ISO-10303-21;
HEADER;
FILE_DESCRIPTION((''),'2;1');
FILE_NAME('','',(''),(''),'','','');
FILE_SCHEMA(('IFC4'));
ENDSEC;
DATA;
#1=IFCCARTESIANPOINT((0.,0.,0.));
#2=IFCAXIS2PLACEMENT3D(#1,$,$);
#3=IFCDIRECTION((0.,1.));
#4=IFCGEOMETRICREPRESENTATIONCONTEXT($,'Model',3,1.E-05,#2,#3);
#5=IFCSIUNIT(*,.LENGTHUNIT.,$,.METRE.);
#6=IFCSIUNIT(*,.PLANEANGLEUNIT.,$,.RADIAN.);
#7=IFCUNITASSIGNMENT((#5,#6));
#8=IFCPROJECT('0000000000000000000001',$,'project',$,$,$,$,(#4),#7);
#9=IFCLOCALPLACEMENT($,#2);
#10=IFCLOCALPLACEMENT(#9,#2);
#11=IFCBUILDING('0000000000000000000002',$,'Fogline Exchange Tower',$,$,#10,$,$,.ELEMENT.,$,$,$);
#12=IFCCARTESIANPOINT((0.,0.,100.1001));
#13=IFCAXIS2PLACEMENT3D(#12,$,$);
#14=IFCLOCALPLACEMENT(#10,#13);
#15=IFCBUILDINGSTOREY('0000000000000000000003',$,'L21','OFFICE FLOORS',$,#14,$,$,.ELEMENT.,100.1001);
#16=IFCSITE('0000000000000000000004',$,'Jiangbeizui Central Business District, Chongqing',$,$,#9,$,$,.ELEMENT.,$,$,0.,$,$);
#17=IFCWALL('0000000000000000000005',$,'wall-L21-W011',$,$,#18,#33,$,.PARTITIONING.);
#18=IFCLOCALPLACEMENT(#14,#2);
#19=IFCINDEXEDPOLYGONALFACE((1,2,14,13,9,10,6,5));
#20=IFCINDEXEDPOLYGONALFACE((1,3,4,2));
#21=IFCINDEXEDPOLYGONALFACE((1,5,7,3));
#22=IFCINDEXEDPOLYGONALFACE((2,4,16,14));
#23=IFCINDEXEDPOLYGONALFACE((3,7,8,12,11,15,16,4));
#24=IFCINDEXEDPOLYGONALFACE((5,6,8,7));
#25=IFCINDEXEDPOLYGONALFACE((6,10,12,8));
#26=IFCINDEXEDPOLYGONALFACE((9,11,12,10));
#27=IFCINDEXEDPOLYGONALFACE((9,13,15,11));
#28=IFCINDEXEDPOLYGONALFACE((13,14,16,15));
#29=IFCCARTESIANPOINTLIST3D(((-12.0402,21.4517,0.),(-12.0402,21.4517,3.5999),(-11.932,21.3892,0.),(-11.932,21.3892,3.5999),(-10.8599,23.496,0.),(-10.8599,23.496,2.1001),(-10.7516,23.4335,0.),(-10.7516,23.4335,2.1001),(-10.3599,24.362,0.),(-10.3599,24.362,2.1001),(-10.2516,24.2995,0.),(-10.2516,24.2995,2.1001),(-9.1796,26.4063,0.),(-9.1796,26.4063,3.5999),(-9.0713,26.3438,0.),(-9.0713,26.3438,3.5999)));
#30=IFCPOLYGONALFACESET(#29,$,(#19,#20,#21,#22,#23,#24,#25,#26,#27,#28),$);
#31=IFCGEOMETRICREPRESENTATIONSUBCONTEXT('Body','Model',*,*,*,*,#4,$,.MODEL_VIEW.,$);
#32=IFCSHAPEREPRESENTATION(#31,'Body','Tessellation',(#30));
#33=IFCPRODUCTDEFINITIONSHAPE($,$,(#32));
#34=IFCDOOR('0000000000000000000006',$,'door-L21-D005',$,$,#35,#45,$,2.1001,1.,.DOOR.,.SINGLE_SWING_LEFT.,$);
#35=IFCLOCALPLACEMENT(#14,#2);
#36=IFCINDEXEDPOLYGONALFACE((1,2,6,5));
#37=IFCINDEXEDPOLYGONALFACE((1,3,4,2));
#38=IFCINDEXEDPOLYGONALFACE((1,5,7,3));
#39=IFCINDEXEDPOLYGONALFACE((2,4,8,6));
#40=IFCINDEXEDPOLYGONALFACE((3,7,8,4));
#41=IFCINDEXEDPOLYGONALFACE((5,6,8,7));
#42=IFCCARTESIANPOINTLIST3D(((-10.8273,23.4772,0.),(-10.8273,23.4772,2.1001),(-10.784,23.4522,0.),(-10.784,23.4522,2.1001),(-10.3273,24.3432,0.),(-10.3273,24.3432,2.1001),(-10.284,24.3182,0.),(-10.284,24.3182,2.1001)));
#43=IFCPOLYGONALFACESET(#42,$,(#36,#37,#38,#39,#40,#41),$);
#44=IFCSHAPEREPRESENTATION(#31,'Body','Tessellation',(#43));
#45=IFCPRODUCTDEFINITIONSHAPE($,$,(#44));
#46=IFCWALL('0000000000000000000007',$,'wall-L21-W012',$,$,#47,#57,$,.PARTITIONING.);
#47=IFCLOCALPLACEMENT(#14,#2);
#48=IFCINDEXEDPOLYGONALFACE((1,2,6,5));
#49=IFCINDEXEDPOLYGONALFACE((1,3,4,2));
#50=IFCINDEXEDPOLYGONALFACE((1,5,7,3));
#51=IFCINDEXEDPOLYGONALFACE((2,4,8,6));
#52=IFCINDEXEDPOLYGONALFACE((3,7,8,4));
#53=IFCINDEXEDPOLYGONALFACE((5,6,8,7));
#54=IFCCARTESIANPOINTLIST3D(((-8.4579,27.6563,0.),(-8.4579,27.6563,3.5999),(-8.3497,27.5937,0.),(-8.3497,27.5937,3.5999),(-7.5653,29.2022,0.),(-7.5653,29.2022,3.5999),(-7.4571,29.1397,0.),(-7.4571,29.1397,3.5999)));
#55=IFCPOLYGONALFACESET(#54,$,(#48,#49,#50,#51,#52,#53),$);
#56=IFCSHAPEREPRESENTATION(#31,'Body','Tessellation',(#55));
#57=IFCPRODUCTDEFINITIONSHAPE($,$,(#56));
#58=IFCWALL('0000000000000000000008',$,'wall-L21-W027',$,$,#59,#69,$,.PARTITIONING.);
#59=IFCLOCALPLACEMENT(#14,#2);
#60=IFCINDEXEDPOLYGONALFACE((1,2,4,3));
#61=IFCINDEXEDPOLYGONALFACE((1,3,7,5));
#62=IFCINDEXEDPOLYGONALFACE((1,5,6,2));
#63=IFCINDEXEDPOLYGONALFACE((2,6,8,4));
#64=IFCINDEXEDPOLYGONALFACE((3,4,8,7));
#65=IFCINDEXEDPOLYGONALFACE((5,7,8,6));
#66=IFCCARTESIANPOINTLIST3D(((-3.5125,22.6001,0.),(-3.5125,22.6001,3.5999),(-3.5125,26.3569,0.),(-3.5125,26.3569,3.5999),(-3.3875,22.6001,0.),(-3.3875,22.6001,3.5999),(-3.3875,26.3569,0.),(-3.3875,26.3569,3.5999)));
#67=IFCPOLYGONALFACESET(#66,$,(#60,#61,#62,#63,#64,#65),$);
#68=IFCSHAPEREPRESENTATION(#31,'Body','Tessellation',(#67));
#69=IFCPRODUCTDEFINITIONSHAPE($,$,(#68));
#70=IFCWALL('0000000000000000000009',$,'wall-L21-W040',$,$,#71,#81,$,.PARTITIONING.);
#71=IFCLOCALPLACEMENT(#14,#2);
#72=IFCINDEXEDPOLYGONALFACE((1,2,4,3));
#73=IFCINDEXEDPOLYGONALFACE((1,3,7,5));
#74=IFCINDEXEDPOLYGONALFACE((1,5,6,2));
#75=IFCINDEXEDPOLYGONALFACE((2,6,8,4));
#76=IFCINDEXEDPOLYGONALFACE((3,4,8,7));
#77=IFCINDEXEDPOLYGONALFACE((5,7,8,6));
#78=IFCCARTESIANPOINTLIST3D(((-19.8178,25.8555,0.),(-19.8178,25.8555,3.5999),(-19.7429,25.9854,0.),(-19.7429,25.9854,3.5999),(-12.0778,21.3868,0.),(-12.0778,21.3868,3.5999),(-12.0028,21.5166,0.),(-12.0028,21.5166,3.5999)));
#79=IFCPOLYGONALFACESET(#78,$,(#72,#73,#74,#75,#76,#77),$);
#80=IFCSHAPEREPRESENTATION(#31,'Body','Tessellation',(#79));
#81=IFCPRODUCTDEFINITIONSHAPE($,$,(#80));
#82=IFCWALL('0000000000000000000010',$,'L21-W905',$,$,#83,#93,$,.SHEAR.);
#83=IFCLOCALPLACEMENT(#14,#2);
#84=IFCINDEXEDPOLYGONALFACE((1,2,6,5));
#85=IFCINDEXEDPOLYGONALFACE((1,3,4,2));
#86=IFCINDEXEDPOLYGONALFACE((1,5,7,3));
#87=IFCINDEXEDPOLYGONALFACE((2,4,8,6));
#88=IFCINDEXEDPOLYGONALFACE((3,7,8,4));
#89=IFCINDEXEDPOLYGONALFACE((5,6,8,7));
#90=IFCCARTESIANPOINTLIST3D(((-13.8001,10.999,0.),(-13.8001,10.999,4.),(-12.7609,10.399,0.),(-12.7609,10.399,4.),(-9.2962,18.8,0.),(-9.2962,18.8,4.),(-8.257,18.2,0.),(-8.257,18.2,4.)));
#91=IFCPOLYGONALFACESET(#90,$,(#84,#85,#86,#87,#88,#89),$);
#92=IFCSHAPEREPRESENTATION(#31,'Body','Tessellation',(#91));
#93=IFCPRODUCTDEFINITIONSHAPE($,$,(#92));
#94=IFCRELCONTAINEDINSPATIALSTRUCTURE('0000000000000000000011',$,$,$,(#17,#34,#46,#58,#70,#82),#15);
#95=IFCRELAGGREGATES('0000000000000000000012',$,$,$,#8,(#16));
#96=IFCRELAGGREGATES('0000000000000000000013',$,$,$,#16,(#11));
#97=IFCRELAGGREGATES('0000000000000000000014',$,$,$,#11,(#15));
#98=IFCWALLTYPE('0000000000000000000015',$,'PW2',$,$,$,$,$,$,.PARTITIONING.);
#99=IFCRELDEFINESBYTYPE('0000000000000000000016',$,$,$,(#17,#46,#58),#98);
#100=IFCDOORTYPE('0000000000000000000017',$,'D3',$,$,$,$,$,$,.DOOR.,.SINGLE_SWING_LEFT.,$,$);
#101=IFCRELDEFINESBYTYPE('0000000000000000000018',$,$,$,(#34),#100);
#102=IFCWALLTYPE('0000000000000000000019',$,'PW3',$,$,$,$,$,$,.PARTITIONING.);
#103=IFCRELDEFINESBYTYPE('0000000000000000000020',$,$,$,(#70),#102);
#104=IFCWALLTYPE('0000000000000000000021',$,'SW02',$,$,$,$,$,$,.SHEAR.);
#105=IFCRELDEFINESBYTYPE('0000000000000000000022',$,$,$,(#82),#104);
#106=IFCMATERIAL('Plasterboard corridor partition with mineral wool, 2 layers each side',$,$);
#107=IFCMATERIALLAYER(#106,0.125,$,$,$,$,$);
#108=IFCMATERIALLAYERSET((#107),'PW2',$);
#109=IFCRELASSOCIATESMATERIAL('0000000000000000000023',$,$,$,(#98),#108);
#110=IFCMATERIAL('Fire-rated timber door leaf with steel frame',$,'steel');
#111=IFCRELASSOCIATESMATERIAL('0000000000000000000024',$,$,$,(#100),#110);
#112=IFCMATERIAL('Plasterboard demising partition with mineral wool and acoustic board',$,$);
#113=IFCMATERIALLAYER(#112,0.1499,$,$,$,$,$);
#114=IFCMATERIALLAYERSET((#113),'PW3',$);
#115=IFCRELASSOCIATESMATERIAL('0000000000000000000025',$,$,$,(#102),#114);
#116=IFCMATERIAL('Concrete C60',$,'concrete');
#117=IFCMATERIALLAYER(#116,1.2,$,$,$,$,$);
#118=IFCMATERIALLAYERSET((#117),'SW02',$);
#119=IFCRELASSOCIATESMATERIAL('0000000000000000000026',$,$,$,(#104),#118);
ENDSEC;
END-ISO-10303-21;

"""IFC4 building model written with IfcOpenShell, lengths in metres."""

from ifc_helpers import new_model, si_unit, direction, frame, frame_2d, origin, place, context, subcontext, project, spatial, rectangle, extrude, material, layer, layer_set, type_object, element, fill, save


model = new_model("IFC4")

# Units and contexts
model_context = context("Model", 3, precision=1e-05, world=origin(), true_north=direction((0.0, 1.0)))
body_context = subcontext(model_context, "Body", "Model", "MODEL_VIEW")
ifc_project = project(units=[si_unit("LENGTHUNIT", "METRE"), si_unit("PLANEANGLEUNIT", "RADIAN")], contexts=[model_context])

# Site, building, storey
site_placement = place(None, origin())
site = spatial("IfcSite", under=ifc_project, at=site_placement, Name="Jiangbeizui Central Business District, Chongqing", CompositionType="ELEMENT", RefElevation=0.0)
building_placement = place(site_placement, origin())
building = spatial("IfcBuilding", under=site, at=building_placement, Name="Fogline Exchange Tower", CompositionType="ELEMENT")
storey_placement = place(building_placement, frame((0.0, 0.0, 100.1001)))
storey = spatial("IfcBuildingStorey", under=building, at=storey_placement, Name="L21", Description="OFFICE FLOORS", CompositionType="ELEMENT", Elevation=100.1001)

# Shared definitions
ifc_material_1 = material(Name="Plasterboard corridor partition with mineral wool, 2 layers each side")
ifc_layer_1 = layer(ifc_material_1, 0.125)
ifc_layer_set_1 = layer_set([ifc_layer_1], Name="PW2")
wall_type_1 = type_object("IfcWallType", Name="PW2", PredefinedType="PARTITIONING", material=ifc_layer_set_1)

# Wall, opening, door
wall_1_placement = place(storey_placement, frame((-11.9861, 21.4204, 0.0), z_axis=(0.0, 0.0, 1.0), x_axis=(0.500008, 0.866021, 0.0)))
wall_1 = element("IfcWall", 1, at=wall_1_placement, inside=storey, type_object=wall_type_1, Name="wall-L21-W011", PredefinedType="PARTITIONING", context=body_context, shape_type="SweptSolid", body=[
    extrude(rectangle(XDim=5.7212, YDim=0.125, at=frame_2d((2.8606, 0.0))), origin(), (0.0, 0.0, 1.0), 3.5999),
])
opening_1_placement = place(wall_1_placement, frame((2.3606, 0.0, 0.0)))
opening_1 = element("IfcOpeningElement", 2, at=opening_1_placement, cuts=wall_1, PredefinedType="OPENING", context=body_context, shape_type="SweptSolid", body=[
    extrude(rectangle(XDim=1.0, YDim=2.1001, at=frame_2d((0.5, 1.05))), frame((0.0, 0.0725, 0.0), z_axis=(0.0, -1.0, 0.0), x_axis=(1.0, 0.0, 0.0)), (0.0, 0.0, 1.0), 0.145),
])
ifc_material_2 = material(Name="Fire-rated timber door leaf with steel frame", Category="steel")
door_type_1 = type_object("IfcDoorType", Name="D3", OperationType="SINGLE_SWING_LEFT", PredefinedType="DOOR", material=ifc_material_2)
door_1_placement = place(opening_1_placement, origin())
door_1 = element("IfcDoor", 3, at=door_1_placement, inside=storey, type_object=door_type_1, Name="door-L21-D005", OperationType="SINGLE_SWING_LEFT", OverallHeight=2.1001, OverallWidth=1.0, PredefinedType="DOOR", context=body_context, shape_type="SweptSolid", body=[
    extrude(rectangle(XDim=1.0, YDim=2.1001, at=frame_2d((0.5, 1.05))), frame((0.0, 0.0249, 0.0), z_axis=(0.0, -1.0, 0.0), x_axis=(1.0, 0.0, 0.0)), (0.0, 0.0, 1.0), 0.05),
])
fill(opening_1, door_1)

# Walls
wall_2_placement = place(storey_placement, frame((-8.4038, 27.625, 0.0), z_axis=(0.0, 0.0, 1.0), x_axis=(0.500022, 0.866012, 0.0)))
element("IfcWall", 4, at=wall_2_placement, inside=storey, type_object=wall_type_1, Name="wall-L21-W012", PredefinedType="PARTITIONING", context=body_context, shape_type="SweptSolid", body=[
    extrude(rectangle(XDim=1.7852, YDim=0.125, at=frame_2d((0.8926, 0.0))), origin(), (0.0, 0.0, 1.0), 3.5999),
])
wall_3_placement = place(storey_placement, frame((-3.45, 26.3569, 0.0), z_axis=(0.0, 0.0, 1.0), x_axis=(0.0, -1.0, 0.0)))
element("IfcWall", 5, at=wall_3_placement, inside=storey, type_object=wall_type_1, Name="wall-L21-W027", PredefinedType="PARTITIONING", context=body_context, shape_type="SweptSolid", body=[
    extrude(rectangle(XDim=3.7568, YDim=0.125, at=frame_2d((1.8784, 0.0))), origin(), (0.0, 0.0, 1.0), 3.5999),
])
ifc_material_3 = material(Name="Plasterboard demising partition with mineral wool and acoustic board")
ifc_layer_2 = layer(ifc_material_3, 0.1499)
ifc_layer_set_2 = layer_set([ifc_layer_2], Name="PW3")
wall_type_2 = type_object("IfcWallType", Name="PW3", PredefinedType="PARTITIONING", material=ifc_layer_set_2)
wall_4_placement = place(storey_placement, frame((-12.0403, 21.4517, 0.0), z_axis=(0.0, 0.0, 1.0), x_axis=(-0.866022, 0.500005, 0.0)))
element("IfcWall", 6, at=wall_4_placement, inside=storey, type_object=wall_type_2, Name="wall-L21-W040", PredefinedType="PARTITIONING", context=body_context, shape_type="SweptSolid", body=[
    extrude(rectangle(XDim=8.9375, YDim=0.1499, at=frame_2d((4.4688, 0.0))), origin(), (0.0, 0.0, 1.0), 3.5999),
])
ifc_material_4 = material(Name="Concrete C60", Category="concrete")
ifc_layer_3 = layer(ifc_material_4, 1.2)
ifc_layer_set_3 = layer_set([ifc_layer_3], Name="SW02")
wall_type_3 = type_object("IfcWallType", Name="SW02", PredefinedType="SHEAR", material=ifc_layer_set_3)
wall_5_placement = place(storey_placement, frame((-8.7766, 18.5, 0.0), z_axis=(0.0, 0.0, 1.0), x_axis=(-0.499999, -0.866026, 0.0)))
element("IfcWall", 7, at=wall_5_placement, inside=storey, type_object=wall_type_3, Name="L21-W905", PredefinedType="SHEAR", context=body_context, shape_type="SweptSolid", body=[
    extrude(rectangle(XDim=9.0078, YDim=1.2, at=frame_2d((4.5039, 0.0))), origin(), (0.0, 0.0, 1.0), 4.0),
])

save(model, "model.ifc")
